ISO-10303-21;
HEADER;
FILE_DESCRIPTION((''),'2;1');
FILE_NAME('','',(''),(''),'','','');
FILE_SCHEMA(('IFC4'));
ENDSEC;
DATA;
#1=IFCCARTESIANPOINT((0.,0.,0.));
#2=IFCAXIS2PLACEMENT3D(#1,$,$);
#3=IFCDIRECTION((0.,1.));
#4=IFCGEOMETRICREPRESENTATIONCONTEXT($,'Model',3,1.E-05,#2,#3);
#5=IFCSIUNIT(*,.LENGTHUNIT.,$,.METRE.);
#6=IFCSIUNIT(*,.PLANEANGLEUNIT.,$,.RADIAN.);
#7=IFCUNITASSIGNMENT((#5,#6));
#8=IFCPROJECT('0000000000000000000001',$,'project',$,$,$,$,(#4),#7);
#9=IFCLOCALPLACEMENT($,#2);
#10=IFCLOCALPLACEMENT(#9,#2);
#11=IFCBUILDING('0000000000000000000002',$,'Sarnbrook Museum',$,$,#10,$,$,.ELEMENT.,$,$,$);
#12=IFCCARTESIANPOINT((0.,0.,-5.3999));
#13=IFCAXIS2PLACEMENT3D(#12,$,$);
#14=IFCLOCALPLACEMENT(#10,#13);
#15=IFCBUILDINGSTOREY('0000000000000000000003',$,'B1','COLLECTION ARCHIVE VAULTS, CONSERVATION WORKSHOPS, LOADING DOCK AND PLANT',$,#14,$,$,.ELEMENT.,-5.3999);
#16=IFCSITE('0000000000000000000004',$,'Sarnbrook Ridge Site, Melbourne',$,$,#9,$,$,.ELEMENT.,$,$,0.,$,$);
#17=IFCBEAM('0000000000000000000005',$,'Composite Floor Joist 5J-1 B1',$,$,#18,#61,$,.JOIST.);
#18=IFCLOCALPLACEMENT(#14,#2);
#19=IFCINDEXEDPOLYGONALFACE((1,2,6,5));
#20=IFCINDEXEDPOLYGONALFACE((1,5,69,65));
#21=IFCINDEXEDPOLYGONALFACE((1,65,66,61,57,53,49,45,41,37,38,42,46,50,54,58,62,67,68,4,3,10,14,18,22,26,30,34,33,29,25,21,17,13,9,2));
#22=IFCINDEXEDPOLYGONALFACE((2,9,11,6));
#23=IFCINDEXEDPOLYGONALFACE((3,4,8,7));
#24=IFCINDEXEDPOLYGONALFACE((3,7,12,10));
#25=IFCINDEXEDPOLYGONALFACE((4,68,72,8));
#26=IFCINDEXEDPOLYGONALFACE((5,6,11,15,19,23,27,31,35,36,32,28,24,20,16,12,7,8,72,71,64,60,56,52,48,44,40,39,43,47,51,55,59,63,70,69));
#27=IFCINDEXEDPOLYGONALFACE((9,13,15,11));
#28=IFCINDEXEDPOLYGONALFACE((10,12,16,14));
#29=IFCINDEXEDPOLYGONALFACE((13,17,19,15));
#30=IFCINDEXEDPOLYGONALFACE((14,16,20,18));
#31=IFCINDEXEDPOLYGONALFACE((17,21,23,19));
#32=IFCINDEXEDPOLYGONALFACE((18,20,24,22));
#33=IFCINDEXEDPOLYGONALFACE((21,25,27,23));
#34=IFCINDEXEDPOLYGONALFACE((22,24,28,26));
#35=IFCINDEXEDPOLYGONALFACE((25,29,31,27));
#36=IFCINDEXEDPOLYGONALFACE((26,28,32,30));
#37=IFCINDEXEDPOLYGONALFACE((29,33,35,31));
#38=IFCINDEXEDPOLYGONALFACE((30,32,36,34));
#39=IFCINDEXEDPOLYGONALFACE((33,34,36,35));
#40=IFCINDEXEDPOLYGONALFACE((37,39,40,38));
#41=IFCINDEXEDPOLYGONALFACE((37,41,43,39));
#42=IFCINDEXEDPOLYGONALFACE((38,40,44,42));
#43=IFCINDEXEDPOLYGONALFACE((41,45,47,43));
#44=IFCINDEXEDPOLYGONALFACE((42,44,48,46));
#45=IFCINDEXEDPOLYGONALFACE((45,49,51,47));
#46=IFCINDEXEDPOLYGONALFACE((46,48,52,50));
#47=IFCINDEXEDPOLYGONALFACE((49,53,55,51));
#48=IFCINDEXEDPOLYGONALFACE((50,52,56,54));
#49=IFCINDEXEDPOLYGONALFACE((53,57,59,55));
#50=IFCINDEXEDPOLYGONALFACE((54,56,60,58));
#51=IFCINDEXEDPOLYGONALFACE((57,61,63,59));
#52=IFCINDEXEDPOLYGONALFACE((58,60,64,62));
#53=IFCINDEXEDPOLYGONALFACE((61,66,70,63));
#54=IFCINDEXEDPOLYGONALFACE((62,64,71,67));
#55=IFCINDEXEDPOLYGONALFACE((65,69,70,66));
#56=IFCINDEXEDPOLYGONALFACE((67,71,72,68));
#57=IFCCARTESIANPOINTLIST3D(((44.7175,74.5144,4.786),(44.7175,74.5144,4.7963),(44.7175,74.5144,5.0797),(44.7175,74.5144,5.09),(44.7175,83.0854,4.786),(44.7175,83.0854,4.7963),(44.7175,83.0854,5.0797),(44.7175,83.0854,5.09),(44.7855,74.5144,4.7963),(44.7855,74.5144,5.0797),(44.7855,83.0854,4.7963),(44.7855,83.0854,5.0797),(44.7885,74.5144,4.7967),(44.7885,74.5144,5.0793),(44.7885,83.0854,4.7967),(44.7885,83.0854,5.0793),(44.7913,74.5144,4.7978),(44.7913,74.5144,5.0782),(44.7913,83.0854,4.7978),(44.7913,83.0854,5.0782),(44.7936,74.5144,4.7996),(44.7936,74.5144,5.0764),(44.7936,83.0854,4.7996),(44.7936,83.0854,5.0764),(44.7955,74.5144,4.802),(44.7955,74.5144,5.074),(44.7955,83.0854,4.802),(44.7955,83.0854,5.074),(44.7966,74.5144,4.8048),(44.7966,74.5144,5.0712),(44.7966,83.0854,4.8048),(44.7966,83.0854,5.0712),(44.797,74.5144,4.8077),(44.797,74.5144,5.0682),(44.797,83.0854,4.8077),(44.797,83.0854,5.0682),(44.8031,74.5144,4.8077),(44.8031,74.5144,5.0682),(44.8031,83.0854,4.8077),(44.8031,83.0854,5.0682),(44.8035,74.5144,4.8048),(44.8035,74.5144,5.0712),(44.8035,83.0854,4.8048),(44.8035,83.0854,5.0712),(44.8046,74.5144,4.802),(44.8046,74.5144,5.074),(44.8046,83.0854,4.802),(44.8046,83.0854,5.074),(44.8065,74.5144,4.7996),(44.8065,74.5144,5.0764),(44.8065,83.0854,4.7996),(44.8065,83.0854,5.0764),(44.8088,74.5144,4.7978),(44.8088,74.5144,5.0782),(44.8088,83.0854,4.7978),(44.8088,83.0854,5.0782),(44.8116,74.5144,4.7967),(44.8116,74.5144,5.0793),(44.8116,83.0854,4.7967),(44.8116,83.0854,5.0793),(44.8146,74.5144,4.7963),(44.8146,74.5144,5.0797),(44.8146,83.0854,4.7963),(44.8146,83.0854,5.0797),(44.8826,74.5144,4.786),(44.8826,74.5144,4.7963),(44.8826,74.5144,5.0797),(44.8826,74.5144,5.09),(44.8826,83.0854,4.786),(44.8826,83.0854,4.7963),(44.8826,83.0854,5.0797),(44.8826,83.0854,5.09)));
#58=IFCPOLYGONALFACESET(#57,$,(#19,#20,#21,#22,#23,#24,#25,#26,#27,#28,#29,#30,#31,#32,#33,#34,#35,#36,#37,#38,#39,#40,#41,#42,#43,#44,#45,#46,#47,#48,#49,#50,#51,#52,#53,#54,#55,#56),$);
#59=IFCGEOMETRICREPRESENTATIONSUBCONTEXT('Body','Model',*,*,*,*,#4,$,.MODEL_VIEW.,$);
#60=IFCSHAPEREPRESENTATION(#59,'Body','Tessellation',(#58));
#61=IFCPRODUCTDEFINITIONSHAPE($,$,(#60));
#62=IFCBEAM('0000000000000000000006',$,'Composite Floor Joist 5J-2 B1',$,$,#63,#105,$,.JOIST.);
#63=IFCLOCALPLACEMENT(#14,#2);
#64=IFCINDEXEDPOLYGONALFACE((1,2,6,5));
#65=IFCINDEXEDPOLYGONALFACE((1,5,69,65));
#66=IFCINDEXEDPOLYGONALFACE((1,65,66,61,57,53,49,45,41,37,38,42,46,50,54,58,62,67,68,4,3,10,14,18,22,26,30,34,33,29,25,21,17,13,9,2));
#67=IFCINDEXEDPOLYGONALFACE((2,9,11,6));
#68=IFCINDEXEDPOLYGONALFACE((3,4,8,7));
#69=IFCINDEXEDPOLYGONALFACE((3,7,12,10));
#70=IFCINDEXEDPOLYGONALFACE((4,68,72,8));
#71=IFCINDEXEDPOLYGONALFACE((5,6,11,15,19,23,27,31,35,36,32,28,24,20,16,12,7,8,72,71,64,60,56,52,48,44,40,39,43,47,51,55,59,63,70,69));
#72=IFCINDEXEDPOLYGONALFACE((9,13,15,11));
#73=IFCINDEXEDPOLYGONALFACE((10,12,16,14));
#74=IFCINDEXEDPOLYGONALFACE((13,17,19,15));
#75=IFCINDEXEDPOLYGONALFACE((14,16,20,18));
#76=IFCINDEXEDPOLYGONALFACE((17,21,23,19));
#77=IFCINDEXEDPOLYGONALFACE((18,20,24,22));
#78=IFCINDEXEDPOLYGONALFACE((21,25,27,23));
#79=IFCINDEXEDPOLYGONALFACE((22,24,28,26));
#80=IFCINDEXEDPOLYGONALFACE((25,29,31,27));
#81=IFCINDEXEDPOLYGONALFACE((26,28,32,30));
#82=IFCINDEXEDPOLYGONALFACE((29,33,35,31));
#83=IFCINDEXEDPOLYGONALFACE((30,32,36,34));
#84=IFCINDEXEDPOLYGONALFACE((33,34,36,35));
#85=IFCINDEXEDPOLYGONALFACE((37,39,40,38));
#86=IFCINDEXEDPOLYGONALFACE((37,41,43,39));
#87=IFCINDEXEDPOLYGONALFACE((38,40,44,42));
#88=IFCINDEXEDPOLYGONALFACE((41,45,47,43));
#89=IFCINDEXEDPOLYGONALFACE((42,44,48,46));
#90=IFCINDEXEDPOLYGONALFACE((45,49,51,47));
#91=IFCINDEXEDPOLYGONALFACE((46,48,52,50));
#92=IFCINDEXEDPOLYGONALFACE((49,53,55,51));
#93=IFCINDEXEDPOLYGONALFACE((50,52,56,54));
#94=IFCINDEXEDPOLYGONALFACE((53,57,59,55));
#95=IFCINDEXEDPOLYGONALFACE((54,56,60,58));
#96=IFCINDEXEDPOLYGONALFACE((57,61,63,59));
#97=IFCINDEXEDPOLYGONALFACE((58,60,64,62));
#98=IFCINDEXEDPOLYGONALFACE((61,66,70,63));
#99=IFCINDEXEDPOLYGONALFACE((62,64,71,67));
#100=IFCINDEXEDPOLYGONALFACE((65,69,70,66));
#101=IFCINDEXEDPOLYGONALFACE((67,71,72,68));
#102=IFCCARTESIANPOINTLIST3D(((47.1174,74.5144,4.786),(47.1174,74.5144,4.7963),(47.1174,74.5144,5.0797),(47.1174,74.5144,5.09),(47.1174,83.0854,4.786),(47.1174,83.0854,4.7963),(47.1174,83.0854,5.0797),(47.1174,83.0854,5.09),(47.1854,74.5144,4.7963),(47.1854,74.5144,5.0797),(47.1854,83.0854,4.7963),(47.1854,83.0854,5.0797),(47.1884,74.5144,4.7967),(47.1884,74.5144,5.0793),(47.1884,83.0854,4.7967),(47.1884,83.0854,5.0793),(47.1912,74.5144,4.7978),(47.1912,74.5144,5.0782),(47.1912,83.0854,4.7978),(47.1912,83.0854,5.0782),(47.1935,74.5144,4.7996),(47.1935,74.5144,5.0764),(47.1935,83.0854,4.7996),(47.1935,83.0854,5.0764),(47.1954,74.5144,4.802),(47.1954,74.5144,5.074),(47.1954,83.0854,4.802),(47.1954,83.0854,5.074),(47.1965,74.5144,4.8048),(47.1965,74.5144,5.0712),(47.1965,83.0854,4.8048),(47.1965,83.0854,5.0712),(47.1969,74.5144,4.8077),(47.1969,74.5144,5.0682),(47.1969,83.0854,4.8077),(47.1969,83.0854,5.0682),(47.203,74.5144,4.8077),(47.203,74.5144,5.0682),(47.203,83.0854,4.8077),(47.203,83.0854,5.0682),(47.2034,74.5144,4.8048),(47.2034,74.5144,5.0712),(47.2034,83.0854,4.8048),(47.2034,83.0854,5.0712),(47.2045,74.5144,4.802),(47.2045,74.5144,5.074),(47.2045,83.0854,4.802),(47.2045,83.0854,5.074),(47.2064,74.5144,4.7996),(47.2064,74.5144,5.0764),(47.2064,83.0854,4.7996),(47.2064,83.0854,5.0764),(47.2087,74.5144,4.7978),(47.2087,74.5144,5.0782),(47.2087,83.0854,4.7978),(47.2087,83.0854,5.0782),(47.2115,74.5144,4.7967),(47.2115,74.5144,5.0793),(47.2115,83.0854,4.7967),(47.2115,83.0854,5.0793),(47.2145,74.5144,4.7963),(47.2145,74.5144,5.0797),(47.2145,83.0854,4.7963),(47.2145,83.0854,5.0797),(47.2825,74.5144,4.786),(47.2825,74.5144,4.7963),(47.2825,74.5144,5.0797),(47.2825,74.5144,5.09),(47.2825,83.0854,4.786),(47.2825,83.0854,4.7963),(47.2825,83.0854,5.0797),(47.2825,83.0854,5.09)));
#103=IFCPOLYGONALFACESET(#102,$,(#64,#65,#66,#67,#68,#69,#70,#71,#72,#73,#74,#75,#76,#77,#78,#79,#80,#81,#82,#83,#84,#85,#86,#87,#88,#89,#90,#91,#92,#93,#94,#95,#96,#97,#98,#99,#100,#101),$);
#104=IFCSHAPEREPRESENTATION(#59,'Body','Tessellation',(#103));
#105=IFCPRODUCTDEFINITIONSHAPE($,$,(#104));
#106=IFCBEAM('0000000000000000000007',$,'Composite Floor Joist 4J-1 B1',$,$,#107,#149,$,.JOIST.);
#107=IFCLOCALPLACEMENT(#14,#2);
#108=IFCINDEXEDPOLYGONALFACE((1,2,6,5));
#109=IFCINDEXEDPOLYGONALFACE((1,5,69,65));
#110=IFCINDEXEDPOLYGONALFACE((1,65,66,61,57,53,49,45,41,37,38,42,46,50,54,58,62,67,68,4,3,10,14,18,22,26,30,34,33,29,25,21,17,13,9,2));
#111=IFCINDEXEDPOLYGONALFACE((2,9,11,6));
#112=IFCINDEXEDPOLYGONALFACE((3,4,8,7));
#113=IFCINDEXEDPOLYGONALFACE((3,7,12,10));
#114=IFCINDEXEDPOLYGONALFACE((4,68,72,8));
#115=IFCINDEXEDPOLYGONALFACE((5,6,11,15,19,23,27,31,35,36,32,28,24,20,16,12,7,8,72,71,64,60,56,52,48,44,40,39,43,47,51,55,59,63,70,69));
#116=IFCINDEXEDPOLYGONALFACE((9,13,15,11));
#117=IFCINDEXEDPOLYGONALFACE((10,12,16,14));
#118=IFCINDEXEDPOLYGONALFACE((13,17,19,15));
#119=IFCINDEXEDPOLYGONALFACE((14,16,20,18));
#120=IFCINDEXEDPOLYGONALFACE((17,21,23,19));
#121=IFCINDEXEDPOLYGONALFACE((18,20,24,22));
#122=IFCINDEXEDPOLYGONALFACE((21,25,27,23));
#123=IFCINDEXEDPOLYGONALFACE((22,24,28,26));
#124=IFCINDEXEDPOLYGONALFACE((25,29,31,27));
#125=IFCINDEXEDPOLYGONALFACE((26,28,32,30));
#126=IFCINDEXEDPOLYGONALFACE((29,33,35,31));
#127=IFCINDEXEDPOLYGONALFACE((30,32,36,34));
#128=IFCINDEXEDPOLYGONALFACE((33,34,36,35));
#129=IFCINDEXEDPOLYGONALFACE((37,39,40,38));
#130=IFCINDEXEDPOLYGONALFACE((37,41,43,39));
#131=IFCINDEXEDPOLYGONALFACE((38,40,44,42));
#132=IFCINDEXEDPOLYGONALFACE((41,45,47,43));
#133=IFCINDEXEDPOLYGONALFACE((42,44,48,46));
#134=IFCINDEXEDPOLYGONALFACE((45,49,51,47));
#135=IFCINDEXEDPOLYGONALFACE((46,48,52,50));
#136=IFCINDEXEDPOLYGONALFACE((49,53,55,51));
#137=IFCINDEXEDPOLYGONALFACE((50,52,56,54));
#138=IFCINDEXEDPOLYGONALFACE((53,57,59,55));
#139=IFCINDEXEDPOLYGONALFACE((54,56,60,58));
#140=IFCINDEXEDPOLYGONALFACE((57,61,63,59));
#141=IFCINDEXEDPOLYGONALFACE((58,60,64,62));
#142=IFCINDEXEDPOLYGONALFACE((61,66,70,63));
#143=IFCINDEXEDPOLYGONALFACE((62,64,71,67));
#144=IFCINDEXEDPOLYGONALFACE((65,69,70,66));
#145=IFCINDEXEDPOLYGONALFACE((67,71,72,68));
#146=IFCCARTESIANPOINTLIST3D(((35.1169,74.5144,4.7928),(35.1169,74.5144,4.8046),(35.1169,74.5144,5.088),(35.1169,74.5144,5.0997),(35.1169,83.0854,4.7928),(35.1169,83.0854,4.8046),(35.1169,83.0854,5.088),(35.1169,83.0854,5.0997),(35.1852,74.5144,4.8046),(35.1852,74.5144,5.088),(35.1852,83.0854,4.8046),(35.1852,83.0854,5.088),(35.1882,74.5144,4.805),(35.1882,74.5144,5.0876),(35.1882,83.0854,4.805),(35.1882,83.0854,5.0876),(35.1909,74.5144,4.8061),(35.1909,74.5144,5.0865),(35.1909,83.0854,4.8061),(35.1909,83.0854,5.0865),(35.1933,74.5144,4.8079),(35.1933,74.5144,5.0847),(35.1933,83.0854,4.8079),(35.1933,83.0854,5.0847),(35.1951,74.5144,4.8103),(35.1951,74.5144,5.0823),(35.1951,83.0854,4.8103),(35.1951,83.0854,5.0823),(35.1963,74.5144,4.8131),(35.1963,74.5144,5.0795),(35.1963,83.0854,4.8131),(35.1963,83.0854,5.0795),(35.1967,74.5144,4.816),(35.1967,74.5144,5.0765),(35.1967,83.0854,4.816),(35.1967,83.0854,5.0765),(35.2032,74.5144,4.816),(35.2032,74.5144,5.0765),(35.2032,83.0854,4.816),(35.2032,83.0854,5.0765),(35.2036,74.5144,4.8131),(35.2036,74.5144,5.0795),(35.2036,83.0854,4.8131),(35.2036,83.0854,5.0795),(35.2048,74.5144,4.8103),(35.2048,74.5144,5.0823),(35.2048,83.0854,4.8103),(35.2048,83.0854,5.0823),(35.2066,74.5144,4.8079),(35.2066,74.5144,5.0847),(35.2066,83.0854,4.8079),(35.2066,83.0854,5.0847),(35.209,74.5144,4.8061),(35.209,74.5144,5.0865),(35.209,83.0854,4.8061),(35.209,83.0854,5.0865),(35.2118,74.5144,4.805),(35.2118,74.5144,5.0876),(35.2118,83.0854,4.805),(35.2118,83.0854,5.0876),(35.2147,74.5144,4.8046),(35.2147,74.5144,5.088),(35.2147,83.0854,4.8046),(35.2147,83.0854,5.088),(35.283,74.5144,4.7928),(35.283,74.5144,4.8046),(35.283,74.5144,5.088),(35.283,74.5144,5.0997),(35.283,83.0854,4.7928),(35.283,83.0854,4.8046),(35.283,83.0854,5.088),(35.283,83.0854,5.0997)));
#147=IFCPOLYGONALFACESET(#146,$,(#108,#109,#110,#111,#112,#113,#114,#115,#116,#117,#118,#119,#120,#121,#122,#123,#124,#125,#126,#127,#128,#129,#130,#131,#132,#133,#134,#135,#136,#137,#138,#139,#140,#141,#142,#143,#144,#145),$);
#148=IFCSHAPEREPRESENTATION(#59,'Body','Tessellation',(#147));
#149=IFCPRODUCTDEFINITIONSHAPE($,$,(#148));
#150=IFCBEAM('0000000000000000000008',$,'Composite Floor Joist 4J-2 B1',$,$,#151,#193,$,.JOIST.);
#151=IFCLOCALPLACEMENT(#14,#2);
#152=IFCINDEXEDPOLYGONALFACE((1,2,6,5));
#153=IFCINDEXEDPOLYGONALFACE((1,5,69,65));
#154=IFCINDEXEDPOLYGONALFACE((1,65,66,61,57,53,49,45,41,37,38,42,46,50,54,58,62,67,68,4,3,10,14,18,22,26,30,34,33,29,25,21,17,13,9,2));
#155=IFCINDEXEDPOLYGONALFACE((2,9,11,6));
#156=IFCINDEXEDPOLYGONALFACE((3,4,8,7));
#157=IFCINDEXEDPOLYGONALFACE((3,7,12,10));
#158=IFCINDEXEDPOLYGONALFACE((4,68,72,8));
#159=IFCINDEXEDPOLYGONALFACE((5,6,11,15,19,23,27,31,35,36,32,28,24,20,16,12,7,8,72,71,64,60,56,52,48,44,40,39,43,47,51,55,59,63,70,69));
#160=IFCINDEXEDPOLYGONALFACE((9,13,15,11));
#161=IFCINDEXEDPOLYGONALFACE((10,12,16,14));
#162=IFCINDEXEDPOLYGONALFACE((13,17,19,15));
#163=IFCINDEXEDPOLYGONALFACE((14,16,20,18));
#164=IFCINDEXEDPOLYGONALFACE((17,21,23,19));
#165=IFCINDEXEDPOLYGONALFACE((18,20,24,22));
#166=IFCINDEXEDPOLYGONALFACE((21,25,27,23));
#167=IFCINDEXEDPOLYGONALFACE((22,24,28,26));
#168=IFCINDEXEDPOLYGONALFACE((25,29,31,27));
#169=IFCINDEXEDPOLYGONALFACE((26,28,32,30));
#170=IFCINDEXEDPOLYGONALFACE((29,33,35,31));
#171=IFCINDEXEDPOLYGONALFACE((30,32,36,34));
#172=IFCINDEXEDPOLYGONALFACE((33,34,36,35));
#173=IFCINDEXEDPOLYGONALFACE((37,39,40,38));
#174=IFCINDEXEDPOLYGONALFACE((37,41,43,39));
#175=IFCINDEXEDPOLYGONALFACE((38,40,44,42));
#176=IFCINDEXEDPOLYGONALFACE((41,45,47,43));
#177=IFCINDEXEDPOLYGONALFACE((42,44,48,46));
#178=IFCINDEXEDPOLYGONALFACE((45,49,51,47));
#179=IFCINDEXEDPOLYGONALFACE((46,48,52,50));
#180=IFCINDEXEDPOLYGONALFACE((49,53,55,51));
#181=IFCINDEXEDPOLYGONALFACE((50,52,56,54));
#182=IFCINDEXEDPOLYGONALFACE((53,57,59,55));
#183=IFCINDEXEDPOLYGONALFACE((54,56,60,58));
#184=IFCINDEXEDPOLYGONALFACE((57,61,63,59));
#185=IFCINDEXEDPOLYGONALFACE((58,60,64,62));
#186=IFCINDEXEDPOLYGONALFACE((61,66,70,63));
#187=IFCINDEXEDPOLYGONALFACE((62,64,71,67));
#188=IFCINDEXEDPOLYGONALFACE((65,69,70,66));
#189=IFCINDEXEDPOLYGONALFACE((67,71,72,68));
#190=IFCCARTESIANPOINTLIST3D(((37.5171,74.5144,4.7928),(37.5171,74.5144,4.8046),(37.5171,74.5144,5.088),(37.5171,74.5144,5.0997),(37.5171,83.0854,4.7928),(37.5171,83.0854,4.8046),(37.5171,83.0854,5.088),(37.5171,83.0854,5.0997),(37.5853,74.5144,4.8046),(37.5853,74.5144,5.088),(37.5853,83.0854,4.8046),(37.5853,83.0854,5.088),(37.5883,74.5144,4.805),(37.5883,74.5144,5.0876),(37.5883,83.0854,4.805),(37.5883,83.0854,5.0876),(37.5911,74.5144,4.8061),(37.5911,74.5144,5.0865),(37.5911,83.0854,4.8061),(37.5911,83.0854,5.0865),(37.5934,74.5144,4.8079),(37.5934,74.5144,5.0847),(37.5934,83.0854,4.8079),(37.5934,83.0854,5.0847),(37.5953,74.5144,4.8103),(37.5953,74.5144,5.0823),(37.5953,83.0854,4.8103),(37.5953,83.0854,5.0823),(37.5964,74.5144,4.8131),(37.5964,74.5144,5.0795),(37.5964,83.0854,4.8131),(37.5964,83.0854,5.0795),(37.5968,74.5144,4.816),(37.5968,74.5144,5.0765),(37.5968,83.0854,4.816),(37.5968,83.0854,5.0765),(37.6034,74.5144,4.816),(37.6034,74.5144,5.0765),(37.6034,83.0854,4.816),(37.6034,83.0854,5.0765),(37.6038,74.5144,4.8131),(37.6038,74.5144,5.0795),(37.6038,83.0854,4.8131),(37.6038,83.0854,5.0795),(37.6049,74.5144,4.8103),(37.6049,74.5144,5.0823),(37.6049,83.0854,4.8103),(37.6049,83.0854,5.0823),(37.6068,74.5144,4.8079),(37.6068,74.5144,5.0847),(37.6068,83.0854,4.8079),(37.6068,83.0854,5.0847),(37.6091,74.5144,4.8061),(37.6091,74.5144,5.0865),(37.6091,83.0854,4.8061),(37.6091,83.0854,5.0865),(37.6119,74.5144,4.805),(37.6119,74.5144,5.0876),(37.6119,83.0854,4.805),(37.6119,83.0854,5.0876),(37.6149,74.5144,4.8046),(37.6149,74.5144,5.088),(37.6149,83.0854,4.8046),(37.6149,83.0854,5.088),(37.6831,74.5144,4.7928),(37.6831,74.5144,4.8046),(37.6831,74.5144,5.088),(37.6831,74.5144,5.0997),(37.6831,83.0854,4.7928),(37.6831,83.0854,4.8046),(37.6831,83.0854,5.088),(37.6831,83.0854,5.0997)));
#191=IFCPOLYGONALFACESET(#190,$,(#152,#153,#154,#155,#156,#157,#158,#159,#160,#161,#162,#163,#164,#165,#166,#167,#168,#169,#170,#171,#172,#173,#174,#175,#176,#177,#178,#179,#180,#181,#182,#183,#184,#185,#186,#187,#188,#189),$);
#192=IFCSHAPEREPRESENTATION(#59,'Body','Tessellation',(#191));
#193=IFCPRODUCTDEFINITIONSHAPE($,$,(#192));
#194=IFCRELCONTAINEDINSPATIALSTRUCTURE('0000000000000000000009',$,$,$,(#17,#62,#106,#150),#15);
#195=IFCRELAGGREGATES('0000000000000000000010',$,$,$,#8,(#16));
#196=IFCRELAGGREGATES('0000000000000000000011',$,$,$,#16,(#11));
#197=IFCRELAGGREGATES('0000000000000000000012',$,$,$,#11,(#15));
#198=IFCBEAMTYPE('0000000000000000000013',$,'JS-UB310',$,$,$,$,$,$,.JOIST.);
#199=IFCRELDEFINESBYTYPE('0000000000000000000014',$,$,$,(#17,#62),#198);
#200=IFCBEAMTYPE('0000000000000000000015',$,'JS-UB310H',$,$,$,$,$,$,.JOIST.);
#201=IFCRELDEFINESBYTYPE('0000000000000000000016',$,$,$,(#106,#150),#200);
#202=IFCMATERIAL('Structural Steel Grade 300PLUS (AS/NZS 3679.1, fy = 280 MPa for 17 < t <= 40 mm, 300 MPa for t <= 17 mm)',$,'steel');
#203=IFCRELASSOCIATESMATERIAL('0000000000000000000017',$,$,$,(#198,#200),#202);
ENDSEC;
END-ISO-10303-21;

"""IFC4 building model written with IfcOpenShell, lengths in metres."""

from ifc_helpers import new_model, si_unit, direction, frame, origin, origin_2d, place, context, subcontext, project, spatial, i_section, extrude, material, material_profile, profile_set, type_object, element, save


model = new_model("IFC4")

# Units and contexts
model_context = context("Model", 3, precision=1e-05, world=origin(), true_north=direction((0.0, 1.0)))
body_context = subcontext(model_context, "Body", "Model", "MODEL_VIEW")
ifc_project = project(units=[si_unit("LENGTHUNIT", "METRE"), si_unit("PLANEANGLEUNIT", "RADIAN")], contexts=[model_context])

# Site, building, storey
site_placement = place(None, origin())
site = spatial("IfcSite", under=ifc_project, at=site_placement, Name="Sarnbrook Ridge Site, Melbourne", CompositionType="ELEMENT", RefElevation=0.0)
building_placement = place(site_placement, origin())
building = spatial("IfcBuilding", under=site, at=building_placement, Name="Sarnbrook Museum", CompositionType="ELEMENT")
storey_placement = place(building_placement, frame((0.0, 0.0, -5.3999)))
storey = spatial("IfcBuildingStorey", under=building, at=storey_placement, Name="B1", Description="COLLECTION ARCHIVE VAULTS, CONSERVATION WORKSHOPS, LOADING DOCK AND PLANT", CompositionType="ELEMENT", Elevation=-5.3999)

# Beams
ifc_material_1 = material(Name="Structural Steel Grade 300PLUS (AS/NZS 3679.1, fy = 280 MPa for 17 < t <= 40 mm, 300 MPa for t <= 17 mm)", Category="steel")
ifc_material_profile_1 = material_profile(ifc_material_1, i_section(OverallWidth=0.165, OverallDepth=0.304, WebThickness=0.0061, FlangeThickness=0.0103, FilletRadius=0.0115, at=origin_2d()), Name="310UB40.4")
ifc_profile_set_1 = profile_set([ifc_material_profile_1], Name="Structural Steel Grade 300PLUS (AS/NZS 3679.1, fy = 280 MPa for 17 < t <= 40 mm, 300 MPa for t <= 17 mm)")
beam_type_1 = type_object("IfcBeamType", Name="JS-UB310", PredefinedType="JOIST", material=ifc_profile_set_1)
for number, where, z_axis, x_axis, name in (
    (1, (44.8, 74.5144, 4.938), (0.0, 1.0, 0.0), (-1.0, 0.0, 0.0), "Composite Floor Joist 5J-1 B1"),
    (2, (47.2, 74.5144, 4.938), (0.0, 1.0, 0.0), (-1.0, 0.0, 0.0), "Composite Floor Joist 5J-2 B1"),
):
    element("IfcBeam", number, at=place(storey_placement, frame(where, z_axis=z_axis, x_axis=x_axis)), inside=storey, type_object=beam_type_1, Name=name, PredefinedType="JOIST", context=body_context, shape_type="SweptSolid", body=[
        extrude(i_section(OverallWidth=0.165, OverallDepth=0.304, WebThickness=0.0061, FlangeThickness=0.0103, FilletRadius=0.0115, at=origin_2d()), origin(), (0.0, 0.0, 1.0), 8.571),
    ])
ifc_material_profile_2 = material_profile(ifc_material_1, i_section(OverallWidth=0.166, OverallDepth=0.3069, WebThickness=0.0066, FlangeThickness=0.0117, FilletRadius=0.0115, at=origin_2d()), Name="310UB46.2")
ifc_profile_set_2 = profile_set([ifc_material_profile_2], Name="Structural Steel Grade 300PLUS (AS/NZS 3679.1, fy = 280 MPa for 17 < t <= 40 mm, 300 MPa for t <= 17 mm)")
beam_type_2 = type_object("IfcBeamType", Name="JS-UB310H", PredefinedType="JOIST", material=ifc_profile_set_2)
for number, where, z_axis, x_axis, name in (
    (3, (35.2, 74.5144, 4.9463), (0.0, 1.0, 0.0), (-1.0, 0.0, 0.0), "Composite Floor Joist 4J-1 B1"),
    (4, (37.6001, 74.5144, 4.9463), (0.0, 1.0, 0.0), (-1.0, 0.0, 0.0), "Composite Floor Joist 4J-2 B1"),
):
    element("IfcBeam", number, at=place(storey_placement, frame(where, z_axis=z_axis, x_axis=x_axis)), inside=storey, type_object=beam_type_2, Name=name, PredefinedType="JOIST", context=body_context, shape_type="SweptSolid", body=[
        extrude(i_section(OverallWidth=0.166, OverallDepth=0.3069, WebThickness=0.0066, FlangeThickness=0.0117, FilletRadius=0.0115, at=origin_2d()), origin(), (0.0, 0.0, 1.0), 8.571),
    ])

save(model, "model.ifc")
